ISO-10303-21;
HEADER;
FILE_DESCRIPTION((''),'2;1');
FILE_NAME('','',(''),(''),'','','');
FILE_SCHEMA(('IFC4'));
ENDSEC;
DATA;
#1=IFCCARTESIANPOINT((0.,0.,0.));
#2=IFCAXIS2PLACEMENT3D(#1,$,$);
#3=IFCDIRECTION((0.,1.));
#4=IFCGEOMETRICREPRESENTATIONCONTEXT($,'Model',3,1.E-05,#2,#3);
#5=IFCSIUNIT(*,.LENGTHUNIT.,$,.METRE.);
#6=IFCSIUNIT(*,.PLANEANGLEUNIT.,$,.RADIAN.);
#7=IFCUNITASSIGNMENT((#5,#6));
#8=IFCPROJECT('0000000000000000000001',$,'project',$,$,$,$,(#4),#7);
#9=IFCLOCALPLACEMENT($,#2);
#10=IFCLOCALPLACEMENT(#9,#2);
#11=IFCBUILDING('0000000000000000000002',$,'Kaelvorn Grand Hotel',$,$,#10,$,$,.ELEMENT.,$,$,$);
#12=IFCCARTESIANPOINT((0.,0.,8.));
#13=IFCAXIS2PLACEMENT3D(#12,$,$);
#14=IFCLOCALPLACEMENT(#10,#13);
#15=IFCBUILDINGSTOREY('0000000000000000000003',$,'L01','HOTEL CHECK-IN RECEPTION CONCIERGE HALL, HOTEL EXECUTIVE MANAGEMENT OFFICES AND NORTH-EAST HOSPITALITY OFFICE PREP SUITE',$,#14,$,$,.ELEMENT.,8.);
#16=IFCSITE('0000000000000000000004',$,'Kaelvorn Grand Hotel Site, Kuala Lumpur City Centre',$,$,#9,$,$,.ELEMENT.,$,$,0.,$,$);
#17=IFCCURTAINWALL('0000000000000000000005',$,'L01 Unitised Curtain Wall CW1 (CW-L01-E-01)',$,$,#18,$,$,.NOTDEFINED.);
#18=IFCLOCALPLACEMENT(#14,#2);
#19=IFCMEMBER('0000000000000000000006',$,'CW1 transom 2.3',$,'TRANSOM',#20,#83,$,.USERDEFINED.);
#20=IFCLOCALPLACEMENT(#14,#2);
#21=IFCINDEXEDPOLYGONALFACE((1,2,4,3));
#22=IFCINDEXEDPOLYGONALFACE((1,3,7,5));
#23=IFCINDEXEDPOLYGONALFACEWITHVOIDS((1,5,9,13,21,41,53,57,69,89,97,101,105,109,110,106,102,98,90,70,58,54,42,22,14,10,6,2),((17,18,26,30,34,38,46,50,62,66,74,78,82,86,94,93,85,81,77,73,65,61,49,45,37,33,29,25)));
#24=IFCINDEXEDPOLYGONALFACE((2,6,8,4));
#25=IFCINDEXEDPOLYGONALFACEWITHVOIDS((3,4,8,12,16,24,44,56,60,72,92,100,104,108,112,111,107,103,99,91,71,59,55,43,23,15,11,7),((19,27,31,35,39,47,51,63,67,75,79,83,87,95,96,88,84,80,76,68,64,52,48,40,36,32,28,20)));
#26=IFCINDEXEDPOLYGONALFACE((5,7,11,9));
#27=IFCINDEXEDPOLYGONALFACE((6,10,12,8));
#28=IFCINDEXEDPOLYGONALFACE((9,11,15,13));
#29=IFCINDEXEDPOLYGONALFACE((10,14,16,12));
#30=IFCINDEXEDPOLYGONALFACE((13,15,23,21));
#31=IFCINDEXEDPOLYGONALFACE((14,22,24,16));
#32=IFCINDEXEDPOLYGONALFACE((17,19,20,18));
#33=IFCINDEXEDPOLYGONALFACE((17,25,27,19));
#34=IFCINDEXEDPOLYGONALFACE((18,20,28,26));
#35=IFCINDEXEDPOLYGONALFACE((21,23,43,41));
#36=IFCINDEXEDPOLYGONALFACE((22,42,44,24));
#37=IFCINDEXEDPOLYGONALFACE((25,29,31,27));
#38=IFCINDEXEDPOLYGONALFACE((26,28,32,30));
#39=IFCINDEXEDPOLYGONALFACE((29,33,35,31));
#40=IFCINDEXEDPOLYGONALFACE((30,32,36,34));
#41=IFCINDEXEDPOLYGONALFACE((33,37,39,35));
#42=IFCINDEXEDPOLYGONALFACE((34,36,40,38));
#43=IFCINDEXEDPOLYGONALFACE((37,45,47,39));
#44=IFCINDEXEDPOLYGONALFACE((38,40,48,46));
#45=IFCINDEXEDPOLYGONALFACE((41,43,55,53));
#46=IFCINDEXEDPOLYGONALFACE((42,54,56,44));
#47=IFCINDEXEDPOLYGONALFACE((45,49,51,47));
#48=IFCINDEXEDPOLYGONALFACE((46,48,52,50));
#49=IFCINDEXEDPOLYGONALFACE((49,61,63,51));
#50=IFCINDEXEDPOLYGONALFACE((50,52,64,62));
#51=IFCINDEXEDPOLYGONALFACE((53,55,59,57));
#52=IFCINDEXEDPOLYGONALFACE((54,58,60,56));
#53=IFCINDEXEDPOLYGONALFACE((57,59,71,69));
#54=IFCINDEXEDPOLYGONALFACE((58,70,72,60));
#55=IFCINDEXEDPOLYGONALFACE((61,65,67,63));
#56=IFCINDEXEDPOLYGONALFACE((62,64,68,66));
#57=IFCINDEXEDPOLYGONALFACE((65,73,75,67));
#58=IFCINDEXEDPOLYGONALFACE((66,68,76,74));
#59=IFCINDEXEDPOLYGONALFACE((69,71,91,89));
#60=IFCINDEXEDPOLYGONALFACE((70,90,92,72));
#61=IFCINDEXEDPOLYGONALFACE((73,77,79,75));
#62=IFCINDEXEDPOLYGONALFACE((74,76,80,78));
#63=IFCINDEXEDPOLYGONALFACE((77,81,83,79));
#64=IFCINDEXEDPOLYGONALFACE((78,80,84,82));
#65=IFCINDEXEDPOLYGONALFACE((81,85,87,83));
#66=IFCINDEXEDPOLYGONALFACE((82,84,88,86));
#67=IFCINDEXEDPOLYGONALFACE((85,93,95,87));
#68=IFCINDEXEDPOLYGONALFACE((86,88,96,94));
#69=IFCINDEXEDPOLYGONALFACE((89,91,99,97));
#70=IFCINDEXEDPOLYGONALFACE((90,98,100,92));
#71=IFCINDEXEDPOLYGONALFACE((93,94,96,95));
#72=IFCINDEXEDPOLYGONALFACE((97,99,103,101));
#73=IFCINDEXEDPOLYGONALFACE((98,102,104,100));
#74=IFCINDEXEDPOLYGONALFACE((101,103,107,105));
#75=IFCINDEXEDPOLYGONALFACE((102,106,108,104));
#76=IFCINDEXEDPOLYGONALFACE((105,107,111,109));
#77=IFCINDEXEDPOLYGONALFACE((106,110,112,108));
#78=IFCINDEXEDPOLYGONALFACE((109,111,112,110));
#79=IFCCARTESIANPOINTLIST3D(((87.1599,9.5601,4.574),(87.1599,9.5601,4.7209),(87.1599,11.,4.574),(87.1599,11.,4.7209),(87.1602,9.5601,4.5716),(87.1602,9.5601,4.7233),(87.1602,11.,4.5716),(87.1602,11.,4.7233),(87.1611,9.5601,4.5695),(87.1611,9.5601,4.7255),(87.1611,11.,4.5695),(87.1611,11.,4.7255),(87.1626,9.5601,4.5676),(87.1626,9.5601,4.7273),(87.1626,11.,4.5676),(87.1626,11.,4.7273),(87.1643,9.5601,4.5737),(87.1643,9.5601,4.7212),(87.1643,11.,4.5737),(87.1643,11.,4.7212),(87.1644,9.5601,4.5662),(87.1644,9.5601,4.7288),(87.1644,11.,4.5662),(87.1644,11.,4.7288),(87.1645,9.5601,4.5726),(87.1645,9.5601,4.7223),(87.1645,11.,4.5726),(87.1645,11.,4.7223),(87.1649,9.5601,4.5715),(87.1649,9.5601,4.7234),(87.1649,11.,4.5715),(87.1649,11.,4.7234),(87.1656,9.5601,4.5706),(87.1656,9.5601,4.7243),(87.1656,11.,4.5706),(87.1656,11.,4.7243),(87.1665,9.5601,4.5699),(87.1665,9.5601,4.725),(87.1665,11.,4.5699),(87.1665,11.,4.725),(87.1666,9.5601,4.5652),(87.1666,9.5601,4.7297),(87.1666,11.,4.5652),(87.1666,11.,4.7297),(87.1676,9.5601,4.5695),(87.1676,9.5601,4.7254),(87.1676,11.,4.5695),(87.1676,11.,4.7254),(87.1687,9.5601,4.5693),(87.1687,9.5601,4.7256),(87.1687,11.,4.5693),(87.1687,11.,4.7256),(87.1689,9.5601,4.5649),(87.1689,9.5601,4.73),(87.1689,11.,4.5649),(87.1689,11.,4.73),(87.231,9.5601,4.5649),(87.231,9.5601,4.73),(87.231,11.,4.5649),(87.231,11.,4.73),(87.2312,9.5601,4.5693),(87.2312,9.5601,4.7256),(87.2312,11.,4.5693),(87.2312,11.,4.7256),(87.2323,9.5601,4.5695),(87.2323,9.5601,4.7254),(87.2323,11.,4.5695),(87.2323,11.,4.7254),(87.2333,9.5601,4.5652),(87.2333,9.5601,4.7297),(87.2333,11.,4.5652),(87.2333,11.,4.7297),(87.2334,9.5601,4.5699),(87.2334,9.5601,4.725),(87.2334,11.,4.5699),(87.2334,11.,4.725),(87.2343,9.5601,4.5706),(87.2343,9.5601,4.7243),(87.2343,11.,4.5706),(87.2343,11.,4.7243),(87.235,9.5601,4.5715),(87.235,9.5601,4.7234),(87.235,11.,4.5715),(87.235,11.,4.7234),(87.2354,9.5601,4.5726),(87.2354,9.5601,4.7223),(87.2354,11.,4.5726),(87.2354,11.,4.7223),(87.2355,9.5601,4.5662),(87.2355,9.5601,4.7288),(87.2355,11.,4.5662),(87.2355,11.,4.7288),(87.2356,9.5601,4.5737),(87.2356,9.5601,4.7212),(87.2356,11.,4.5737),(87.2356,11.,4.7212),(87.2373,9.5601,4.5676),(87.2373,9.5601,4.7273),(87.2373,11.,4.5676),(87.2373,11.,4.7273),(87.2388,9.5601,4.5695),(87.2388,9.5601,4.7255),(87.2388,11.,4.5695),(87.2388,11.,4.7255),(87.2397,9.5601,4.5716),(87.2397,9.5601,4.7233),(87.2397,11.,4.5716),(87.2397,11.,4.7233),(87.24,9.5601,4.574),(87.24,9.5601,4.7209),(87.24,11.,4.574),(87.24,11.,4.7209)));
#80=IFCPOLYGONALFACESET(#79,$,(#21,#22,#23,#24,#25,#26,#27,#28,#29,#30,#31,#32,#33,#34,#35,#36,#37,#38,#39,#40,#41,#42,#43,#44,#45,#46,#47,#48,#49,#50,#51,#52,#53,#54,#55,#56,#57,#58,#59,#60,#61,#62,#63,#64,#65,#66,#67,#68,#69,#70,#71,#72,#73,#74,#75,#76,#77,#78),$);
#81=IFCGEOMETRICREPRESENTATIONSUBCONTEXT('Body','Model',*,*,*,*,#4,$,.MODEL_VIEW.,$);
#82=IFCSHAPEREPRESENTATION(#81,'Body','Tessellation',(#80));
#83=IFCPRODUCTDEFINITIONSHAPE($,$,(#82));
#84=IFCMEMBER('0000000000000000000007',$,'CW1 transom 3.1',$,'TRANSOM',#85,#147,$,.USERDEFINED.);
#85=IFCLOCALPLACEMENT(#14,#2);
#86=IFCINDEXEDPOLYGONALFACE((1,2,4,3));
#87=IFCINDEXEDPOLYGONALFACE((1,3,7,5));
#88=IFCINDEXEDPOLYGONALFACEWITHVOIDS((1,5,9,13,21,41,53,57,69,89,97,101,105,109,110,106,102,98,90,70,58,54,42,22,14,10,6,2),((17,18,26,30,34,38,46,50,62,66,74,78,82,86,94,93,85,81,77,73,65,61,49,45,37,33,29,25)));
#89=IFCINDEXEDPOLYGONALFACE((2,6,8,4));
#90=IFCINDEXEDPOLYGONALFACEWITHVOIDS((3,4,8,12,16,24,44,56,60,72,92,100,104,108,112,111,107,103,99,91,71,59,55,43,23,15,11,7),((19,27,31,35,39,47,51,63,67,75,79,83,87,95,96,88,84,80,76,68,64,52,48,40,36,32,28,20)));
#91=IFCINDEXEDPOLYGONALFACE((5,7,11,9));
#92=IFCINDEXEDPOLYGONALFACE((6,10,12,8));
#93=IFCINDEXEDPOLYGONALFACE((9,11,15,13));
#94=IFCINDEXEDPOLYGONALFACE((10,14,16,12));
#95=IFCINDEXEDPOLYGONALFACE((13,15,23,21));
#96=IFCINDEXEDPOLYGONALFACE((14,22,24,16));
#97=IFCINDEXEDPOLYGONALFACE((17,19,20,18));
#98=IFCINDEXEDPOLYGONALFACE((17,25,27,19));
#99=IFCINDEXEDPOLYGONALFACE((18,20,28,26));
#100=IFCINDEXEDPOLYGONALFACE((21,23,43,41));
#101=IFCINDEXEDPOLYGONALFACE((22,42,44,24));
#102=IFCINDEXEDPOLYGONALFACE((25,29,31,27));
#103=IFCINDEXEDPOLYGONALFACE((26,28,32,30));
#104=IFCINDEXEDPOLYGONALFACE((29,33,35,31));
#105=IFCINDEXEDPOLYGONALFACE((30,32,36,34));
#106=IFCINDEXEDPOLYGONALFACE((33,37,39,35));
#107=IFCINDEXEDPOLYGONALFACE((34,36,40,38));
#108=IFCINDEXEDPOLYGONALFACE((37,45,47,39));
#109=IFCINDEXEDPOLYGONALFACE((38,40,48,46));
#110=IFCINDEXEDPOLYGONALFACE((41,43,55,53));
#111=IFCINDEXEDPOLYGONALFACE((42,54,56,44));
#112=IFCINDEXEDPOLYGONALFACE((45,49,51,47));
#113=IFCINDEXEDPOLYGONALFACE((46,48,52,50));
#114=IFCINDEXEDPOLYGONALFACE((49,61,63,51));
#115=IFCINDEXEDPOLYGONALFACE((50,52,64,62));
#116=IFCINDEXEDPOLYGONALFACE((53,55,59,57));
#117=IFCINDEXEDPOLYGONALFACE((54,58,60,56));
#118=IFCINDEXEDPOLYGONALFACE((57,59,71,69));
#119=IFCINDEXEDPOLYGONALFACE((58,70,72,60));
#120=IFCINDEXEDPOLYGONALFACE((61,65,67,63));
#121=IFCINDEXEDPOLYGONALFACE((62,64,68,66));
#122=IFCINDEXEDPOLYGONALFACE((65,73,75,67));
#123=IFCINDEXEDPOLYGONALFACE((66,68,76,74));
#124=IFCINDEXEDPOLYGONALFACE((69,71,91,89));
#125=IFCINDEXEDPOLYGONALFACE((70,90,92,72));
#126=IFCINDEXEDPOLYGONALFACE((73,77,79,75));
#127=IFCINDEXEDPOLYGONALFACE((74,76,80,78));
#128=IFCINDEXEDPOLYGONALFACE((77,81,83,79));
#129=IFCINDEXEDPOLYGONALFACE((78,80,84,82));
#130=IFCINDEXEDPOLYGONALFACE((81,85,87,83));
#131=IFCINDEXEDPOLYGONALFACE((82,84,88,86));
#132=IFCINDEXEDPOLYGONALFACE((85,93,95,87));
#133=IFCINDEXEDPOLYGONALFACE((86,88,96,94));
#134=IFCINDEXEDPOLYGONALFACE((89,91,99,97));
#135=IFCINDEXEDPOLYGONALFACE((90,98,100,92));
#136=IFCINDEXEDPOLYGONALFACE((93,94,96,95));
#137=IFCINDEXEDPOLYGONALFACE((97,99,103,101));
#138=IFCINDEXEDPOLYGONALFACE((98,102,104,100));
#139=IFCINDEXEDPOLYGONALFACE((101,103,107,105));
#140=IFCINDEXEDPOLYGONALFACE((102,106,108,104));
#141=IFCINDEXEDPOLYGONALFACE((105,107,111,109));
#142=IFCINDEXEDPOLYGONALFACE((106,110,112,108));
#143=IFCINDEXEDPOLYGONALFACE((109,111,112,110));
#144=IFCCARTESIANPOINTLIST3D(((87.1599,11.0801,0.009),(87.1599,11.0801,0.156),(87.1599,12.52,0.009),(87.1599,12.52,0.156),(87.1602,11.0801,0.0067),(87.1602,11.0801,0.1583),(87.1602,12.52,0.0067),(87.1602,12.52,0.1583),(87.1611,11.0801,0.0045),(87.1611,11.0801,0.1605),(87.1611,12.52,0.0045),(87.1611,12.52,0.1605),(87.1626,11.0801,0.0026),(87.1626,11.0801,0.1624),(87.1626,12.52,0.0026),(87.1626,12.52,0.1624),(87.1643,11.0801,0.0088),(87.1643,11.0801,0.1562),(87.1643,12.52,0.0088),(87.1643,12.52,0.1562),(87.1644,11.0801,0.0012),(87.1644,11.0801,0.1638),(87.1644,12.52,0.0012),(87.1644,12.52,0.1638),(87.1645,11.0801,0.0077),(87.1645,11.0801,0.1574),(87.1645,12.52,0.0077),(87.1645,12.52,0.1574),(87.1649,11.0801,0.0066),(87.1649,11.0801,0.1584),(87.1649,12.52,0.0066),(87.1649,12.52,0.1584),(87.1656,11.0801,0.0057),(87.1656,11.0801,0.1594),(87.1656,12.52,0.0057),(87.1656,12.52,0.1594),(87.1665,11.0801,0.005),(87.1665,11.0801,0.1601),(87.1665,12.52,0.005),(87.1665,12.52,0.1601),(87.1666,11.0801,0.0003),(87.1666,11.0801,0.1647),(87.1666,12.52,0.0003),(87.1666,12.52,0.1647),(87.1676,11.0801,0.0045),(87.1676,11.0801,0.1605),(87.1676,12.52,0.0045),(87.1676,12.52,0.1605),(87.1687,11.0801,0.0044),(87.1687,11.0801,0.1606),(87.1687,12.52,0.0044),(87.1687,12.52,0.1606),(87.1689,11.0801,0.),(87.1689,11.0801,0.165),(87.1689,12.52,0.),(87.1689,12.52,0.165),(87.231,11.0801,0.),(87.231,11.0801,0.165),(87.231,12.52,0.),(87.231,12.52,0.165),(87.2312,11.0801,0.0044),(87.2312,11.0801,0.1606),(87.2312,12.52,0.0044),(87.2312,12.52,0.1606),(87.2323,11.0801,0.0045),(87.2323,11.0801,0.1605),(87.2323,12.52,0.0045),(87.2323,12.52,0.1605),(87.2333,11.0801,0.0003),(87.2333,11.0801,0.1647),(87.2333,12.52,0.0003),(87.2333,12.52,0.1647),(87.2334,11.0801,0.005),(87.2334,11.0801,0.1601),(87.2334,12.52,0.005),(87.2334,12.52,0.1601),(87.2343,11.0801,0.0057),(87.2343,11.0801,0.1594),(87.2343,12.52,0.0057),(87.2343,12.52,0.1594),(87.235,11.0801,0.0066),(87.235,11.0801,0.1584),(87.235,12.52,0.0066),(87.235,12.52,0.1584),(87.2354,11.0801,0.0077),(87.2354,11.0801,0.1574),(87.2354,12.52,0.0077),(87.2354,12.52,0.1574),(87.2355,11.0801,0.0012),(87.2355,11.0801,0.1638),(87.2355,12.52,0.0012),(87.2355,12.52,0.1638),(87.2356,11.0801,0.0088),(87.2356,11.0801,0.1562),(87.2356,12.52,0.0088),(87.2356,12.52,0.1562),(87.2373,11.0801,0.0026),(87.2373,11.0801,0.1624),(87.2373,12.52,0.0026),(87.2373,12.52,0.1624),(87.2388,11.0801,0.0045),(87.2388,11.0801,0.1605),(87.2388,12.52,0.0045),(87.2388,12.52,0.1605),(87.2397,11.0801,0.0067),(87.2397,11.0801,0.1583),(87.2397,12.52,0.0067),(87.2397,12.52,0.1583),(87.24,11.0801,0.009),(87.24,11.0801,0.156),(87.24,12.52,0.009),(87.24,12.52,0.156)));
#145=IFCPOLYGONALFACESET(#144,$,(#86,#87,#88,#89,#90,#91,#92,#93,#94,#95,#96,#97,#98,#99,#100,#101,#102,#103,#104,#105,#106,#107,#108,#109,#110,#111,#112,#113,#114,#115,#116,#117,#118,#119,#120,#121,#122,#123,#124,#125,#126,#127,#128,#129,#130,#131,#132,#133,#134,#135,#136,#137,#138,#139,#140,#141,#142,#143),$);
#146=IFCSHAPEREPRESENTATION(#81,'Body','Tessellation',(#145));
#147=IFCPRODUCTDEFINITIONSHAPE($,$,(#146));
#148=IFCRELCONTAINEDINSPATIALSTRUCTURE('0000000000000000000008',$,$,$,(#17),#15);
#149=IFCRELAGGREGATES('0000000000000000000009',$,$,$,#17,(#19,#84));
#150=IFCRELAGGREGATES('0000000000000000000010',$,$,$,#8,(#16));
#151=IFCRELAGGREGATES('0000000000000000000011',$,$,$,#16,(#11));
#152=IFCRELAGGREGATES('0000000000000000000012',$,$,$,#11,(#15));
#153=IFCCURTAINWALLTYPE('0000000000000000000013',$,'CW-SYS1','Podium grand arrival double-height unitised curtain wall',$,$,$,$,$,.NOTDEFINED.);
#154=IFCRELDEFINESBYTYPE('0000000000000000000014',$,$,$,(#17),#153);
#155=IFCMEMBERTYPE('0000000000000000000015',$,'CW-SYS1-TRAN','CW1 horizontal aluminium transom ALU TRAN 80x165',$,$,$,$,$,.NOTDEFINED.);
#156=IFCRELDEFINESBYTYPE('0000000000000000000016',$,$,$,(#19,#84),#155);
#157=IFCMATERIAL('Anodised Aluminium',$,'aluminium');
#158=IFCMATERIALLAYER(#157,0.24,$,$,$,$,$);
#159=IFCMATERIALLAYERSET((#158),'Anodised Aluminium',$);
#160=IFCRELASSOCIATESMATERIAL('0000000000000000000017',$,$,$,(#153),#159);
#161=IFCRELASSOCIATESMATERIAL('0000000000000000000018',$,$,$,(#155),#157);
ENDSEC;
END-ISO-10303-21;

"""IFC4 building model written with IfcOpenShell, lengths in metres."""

from ifc_helpers import new_model, si_unit, direction, frame, origin, origin_2d, place, context, subcontext, project, spatial, hollow_rectangle, extrude, material, layer, layer_set, material_profile, profile_set, type_object, element, aggregate, save


model = new_model("IFC4")

# Units and contexts
model_context = context("Model", 3, precision=1e-05, world=origin(), true_north=direction((0.0, 1.0)))
body_context = subcontext(model_context, "Body", "Model", "MODEL_VIEW")
ifc_project = project(units=[si_unit("LENGTHUNIT", "METRE"), si_unit("PLANEANGLEUNIT", "RADIAN")], contexts=[model_context])

# Site, building, storey
site_placement = place(None, origin())
site = spatial("IfcSite", under=ifc_project, at=site_placement, Name="Kaelvorn Grand Hotel Site, Kuala Lumpur City Centre", CompositionType="ELEMENT", RefElevation=0.0)
building_placement = place(site_placement, origin())
building = spatial("IfcBuilding", under=site, at=building_placement, Name="Kaelvorn Grand Hotel", CompositionType="ELEMENT")
storey_placement = place(building_placement, frame((0.0, 0.0, 8.0)))
storey = spatial("IfcBuildingStorey", under=building, at=storey_placement, Name="L01", Description="HOTEL CHECK-IN RECEPTION CONCIERGE HALL, HOTEL EXECUTIVE MANAGEMENT OFFICES AND NORTH-EAST HOSPITALITY OFFICE PREP SUITE", CompositionType="ELEMENT", Elevation=8.0)

# Curtain wall, members
ifc_material_1 = material(Name="Anodised Aluminium", Category="aluminium")
ifc_layer_1 = layer(ifc_material_1, 0.24)
ifc_layer_set_1 = layer_set([ifc_layer_1], Name="Anodised Aluminium")
curtain_wall_type = type_object("IfcCurtainWallType", Name="CW-SYS1", Description="Podium grand arrival double-height unitised curtain wall", PredefinedType="NOTDEFINED", material=ifc_layer_set_1)
curtain_wall_placement = place(storey_placement, origin())
curtain_wall = element("IfcCurtainWall", 1, at=curtain_wall_placement, inside=storey, type_object=curtain_wall_type, Name="L01 Unitised Curtain Wall CW1 (CW-L01-E-01)", PredefinedType="NOTDEFINED")
ifc_material_profile_1 = material_profile(ifc_material_1, hollow_rectangle(XDim=0.0801, YDim=0.165, WallThickness=0.0044, InnerFilletRadius=0.0044, OuterFilletRadius=0.009, at=origin_2d()), Name="ALU TRAN 80x165")
ifc_profile_set_1 = profile_set([ifc_material_profile_1], Name="Anodised Aluminium")
member_type_1 = type_object("IfcMemberType", Name="CW-SYS1-TRAN", Description="CW1 horizontal aluminium transom ALU TRAN 80x165", PredefinedType="NOTDEFINED", material=ifc_profile_set_1)
member_1_placement = place(storey_placement, frame((87.2, 9.5601, 4.6475), z_axis=(0.0, 1.0, 0.0), x_axis=(-1.0, 0.0, 0.0)))
member_1 = element("IfcMember", 2, at=member_1_placement, type_object=member_type_1, Name="CW1 transom 2.3", ObjectType="TRANSOM", PredefinedType="USERDEFINED", context=body_context, shape_type="SweptSolid", body=[
    extrude(hollow_rectangle(XDim=0.0801, YDim=0.165, WallThickness=0.0044, InnerFilletRadius=0.0044, OuterFilletRadius=0.009, at=origin_2d()), origin(), (0.0, 0.0, 1.0), 1.4399),
])
member_2_placement = place(storey_placement, frame((87.2, 11.0801, 0.0825), z_axis=(0.0, 1.0, 0.0), x_axis=(-1.0, 0.0, 0.0)))
member_2 = element("IfcMember", 3, at=member_2_placement, type_object=member_type_1, Name="CW1 transom 3.1", ObjectType="TRANSOM", PredefinedType="USERDEFINED", context=body_context, shape_type="SweptSolid", body=[
    extrude(hollow_rectangle(XDim=0.0801, YDim=0.165, WallThickness=0.0044, InnerFilletRadius=0.0044, OuterFilletRadius=0.009, at=origin_2d()), origin(), (0.0, 0.0, 1.0), 1.4399),
])
aggregate(curtain_wall, [member_1, member_2])

save(model, "model.ifc")
